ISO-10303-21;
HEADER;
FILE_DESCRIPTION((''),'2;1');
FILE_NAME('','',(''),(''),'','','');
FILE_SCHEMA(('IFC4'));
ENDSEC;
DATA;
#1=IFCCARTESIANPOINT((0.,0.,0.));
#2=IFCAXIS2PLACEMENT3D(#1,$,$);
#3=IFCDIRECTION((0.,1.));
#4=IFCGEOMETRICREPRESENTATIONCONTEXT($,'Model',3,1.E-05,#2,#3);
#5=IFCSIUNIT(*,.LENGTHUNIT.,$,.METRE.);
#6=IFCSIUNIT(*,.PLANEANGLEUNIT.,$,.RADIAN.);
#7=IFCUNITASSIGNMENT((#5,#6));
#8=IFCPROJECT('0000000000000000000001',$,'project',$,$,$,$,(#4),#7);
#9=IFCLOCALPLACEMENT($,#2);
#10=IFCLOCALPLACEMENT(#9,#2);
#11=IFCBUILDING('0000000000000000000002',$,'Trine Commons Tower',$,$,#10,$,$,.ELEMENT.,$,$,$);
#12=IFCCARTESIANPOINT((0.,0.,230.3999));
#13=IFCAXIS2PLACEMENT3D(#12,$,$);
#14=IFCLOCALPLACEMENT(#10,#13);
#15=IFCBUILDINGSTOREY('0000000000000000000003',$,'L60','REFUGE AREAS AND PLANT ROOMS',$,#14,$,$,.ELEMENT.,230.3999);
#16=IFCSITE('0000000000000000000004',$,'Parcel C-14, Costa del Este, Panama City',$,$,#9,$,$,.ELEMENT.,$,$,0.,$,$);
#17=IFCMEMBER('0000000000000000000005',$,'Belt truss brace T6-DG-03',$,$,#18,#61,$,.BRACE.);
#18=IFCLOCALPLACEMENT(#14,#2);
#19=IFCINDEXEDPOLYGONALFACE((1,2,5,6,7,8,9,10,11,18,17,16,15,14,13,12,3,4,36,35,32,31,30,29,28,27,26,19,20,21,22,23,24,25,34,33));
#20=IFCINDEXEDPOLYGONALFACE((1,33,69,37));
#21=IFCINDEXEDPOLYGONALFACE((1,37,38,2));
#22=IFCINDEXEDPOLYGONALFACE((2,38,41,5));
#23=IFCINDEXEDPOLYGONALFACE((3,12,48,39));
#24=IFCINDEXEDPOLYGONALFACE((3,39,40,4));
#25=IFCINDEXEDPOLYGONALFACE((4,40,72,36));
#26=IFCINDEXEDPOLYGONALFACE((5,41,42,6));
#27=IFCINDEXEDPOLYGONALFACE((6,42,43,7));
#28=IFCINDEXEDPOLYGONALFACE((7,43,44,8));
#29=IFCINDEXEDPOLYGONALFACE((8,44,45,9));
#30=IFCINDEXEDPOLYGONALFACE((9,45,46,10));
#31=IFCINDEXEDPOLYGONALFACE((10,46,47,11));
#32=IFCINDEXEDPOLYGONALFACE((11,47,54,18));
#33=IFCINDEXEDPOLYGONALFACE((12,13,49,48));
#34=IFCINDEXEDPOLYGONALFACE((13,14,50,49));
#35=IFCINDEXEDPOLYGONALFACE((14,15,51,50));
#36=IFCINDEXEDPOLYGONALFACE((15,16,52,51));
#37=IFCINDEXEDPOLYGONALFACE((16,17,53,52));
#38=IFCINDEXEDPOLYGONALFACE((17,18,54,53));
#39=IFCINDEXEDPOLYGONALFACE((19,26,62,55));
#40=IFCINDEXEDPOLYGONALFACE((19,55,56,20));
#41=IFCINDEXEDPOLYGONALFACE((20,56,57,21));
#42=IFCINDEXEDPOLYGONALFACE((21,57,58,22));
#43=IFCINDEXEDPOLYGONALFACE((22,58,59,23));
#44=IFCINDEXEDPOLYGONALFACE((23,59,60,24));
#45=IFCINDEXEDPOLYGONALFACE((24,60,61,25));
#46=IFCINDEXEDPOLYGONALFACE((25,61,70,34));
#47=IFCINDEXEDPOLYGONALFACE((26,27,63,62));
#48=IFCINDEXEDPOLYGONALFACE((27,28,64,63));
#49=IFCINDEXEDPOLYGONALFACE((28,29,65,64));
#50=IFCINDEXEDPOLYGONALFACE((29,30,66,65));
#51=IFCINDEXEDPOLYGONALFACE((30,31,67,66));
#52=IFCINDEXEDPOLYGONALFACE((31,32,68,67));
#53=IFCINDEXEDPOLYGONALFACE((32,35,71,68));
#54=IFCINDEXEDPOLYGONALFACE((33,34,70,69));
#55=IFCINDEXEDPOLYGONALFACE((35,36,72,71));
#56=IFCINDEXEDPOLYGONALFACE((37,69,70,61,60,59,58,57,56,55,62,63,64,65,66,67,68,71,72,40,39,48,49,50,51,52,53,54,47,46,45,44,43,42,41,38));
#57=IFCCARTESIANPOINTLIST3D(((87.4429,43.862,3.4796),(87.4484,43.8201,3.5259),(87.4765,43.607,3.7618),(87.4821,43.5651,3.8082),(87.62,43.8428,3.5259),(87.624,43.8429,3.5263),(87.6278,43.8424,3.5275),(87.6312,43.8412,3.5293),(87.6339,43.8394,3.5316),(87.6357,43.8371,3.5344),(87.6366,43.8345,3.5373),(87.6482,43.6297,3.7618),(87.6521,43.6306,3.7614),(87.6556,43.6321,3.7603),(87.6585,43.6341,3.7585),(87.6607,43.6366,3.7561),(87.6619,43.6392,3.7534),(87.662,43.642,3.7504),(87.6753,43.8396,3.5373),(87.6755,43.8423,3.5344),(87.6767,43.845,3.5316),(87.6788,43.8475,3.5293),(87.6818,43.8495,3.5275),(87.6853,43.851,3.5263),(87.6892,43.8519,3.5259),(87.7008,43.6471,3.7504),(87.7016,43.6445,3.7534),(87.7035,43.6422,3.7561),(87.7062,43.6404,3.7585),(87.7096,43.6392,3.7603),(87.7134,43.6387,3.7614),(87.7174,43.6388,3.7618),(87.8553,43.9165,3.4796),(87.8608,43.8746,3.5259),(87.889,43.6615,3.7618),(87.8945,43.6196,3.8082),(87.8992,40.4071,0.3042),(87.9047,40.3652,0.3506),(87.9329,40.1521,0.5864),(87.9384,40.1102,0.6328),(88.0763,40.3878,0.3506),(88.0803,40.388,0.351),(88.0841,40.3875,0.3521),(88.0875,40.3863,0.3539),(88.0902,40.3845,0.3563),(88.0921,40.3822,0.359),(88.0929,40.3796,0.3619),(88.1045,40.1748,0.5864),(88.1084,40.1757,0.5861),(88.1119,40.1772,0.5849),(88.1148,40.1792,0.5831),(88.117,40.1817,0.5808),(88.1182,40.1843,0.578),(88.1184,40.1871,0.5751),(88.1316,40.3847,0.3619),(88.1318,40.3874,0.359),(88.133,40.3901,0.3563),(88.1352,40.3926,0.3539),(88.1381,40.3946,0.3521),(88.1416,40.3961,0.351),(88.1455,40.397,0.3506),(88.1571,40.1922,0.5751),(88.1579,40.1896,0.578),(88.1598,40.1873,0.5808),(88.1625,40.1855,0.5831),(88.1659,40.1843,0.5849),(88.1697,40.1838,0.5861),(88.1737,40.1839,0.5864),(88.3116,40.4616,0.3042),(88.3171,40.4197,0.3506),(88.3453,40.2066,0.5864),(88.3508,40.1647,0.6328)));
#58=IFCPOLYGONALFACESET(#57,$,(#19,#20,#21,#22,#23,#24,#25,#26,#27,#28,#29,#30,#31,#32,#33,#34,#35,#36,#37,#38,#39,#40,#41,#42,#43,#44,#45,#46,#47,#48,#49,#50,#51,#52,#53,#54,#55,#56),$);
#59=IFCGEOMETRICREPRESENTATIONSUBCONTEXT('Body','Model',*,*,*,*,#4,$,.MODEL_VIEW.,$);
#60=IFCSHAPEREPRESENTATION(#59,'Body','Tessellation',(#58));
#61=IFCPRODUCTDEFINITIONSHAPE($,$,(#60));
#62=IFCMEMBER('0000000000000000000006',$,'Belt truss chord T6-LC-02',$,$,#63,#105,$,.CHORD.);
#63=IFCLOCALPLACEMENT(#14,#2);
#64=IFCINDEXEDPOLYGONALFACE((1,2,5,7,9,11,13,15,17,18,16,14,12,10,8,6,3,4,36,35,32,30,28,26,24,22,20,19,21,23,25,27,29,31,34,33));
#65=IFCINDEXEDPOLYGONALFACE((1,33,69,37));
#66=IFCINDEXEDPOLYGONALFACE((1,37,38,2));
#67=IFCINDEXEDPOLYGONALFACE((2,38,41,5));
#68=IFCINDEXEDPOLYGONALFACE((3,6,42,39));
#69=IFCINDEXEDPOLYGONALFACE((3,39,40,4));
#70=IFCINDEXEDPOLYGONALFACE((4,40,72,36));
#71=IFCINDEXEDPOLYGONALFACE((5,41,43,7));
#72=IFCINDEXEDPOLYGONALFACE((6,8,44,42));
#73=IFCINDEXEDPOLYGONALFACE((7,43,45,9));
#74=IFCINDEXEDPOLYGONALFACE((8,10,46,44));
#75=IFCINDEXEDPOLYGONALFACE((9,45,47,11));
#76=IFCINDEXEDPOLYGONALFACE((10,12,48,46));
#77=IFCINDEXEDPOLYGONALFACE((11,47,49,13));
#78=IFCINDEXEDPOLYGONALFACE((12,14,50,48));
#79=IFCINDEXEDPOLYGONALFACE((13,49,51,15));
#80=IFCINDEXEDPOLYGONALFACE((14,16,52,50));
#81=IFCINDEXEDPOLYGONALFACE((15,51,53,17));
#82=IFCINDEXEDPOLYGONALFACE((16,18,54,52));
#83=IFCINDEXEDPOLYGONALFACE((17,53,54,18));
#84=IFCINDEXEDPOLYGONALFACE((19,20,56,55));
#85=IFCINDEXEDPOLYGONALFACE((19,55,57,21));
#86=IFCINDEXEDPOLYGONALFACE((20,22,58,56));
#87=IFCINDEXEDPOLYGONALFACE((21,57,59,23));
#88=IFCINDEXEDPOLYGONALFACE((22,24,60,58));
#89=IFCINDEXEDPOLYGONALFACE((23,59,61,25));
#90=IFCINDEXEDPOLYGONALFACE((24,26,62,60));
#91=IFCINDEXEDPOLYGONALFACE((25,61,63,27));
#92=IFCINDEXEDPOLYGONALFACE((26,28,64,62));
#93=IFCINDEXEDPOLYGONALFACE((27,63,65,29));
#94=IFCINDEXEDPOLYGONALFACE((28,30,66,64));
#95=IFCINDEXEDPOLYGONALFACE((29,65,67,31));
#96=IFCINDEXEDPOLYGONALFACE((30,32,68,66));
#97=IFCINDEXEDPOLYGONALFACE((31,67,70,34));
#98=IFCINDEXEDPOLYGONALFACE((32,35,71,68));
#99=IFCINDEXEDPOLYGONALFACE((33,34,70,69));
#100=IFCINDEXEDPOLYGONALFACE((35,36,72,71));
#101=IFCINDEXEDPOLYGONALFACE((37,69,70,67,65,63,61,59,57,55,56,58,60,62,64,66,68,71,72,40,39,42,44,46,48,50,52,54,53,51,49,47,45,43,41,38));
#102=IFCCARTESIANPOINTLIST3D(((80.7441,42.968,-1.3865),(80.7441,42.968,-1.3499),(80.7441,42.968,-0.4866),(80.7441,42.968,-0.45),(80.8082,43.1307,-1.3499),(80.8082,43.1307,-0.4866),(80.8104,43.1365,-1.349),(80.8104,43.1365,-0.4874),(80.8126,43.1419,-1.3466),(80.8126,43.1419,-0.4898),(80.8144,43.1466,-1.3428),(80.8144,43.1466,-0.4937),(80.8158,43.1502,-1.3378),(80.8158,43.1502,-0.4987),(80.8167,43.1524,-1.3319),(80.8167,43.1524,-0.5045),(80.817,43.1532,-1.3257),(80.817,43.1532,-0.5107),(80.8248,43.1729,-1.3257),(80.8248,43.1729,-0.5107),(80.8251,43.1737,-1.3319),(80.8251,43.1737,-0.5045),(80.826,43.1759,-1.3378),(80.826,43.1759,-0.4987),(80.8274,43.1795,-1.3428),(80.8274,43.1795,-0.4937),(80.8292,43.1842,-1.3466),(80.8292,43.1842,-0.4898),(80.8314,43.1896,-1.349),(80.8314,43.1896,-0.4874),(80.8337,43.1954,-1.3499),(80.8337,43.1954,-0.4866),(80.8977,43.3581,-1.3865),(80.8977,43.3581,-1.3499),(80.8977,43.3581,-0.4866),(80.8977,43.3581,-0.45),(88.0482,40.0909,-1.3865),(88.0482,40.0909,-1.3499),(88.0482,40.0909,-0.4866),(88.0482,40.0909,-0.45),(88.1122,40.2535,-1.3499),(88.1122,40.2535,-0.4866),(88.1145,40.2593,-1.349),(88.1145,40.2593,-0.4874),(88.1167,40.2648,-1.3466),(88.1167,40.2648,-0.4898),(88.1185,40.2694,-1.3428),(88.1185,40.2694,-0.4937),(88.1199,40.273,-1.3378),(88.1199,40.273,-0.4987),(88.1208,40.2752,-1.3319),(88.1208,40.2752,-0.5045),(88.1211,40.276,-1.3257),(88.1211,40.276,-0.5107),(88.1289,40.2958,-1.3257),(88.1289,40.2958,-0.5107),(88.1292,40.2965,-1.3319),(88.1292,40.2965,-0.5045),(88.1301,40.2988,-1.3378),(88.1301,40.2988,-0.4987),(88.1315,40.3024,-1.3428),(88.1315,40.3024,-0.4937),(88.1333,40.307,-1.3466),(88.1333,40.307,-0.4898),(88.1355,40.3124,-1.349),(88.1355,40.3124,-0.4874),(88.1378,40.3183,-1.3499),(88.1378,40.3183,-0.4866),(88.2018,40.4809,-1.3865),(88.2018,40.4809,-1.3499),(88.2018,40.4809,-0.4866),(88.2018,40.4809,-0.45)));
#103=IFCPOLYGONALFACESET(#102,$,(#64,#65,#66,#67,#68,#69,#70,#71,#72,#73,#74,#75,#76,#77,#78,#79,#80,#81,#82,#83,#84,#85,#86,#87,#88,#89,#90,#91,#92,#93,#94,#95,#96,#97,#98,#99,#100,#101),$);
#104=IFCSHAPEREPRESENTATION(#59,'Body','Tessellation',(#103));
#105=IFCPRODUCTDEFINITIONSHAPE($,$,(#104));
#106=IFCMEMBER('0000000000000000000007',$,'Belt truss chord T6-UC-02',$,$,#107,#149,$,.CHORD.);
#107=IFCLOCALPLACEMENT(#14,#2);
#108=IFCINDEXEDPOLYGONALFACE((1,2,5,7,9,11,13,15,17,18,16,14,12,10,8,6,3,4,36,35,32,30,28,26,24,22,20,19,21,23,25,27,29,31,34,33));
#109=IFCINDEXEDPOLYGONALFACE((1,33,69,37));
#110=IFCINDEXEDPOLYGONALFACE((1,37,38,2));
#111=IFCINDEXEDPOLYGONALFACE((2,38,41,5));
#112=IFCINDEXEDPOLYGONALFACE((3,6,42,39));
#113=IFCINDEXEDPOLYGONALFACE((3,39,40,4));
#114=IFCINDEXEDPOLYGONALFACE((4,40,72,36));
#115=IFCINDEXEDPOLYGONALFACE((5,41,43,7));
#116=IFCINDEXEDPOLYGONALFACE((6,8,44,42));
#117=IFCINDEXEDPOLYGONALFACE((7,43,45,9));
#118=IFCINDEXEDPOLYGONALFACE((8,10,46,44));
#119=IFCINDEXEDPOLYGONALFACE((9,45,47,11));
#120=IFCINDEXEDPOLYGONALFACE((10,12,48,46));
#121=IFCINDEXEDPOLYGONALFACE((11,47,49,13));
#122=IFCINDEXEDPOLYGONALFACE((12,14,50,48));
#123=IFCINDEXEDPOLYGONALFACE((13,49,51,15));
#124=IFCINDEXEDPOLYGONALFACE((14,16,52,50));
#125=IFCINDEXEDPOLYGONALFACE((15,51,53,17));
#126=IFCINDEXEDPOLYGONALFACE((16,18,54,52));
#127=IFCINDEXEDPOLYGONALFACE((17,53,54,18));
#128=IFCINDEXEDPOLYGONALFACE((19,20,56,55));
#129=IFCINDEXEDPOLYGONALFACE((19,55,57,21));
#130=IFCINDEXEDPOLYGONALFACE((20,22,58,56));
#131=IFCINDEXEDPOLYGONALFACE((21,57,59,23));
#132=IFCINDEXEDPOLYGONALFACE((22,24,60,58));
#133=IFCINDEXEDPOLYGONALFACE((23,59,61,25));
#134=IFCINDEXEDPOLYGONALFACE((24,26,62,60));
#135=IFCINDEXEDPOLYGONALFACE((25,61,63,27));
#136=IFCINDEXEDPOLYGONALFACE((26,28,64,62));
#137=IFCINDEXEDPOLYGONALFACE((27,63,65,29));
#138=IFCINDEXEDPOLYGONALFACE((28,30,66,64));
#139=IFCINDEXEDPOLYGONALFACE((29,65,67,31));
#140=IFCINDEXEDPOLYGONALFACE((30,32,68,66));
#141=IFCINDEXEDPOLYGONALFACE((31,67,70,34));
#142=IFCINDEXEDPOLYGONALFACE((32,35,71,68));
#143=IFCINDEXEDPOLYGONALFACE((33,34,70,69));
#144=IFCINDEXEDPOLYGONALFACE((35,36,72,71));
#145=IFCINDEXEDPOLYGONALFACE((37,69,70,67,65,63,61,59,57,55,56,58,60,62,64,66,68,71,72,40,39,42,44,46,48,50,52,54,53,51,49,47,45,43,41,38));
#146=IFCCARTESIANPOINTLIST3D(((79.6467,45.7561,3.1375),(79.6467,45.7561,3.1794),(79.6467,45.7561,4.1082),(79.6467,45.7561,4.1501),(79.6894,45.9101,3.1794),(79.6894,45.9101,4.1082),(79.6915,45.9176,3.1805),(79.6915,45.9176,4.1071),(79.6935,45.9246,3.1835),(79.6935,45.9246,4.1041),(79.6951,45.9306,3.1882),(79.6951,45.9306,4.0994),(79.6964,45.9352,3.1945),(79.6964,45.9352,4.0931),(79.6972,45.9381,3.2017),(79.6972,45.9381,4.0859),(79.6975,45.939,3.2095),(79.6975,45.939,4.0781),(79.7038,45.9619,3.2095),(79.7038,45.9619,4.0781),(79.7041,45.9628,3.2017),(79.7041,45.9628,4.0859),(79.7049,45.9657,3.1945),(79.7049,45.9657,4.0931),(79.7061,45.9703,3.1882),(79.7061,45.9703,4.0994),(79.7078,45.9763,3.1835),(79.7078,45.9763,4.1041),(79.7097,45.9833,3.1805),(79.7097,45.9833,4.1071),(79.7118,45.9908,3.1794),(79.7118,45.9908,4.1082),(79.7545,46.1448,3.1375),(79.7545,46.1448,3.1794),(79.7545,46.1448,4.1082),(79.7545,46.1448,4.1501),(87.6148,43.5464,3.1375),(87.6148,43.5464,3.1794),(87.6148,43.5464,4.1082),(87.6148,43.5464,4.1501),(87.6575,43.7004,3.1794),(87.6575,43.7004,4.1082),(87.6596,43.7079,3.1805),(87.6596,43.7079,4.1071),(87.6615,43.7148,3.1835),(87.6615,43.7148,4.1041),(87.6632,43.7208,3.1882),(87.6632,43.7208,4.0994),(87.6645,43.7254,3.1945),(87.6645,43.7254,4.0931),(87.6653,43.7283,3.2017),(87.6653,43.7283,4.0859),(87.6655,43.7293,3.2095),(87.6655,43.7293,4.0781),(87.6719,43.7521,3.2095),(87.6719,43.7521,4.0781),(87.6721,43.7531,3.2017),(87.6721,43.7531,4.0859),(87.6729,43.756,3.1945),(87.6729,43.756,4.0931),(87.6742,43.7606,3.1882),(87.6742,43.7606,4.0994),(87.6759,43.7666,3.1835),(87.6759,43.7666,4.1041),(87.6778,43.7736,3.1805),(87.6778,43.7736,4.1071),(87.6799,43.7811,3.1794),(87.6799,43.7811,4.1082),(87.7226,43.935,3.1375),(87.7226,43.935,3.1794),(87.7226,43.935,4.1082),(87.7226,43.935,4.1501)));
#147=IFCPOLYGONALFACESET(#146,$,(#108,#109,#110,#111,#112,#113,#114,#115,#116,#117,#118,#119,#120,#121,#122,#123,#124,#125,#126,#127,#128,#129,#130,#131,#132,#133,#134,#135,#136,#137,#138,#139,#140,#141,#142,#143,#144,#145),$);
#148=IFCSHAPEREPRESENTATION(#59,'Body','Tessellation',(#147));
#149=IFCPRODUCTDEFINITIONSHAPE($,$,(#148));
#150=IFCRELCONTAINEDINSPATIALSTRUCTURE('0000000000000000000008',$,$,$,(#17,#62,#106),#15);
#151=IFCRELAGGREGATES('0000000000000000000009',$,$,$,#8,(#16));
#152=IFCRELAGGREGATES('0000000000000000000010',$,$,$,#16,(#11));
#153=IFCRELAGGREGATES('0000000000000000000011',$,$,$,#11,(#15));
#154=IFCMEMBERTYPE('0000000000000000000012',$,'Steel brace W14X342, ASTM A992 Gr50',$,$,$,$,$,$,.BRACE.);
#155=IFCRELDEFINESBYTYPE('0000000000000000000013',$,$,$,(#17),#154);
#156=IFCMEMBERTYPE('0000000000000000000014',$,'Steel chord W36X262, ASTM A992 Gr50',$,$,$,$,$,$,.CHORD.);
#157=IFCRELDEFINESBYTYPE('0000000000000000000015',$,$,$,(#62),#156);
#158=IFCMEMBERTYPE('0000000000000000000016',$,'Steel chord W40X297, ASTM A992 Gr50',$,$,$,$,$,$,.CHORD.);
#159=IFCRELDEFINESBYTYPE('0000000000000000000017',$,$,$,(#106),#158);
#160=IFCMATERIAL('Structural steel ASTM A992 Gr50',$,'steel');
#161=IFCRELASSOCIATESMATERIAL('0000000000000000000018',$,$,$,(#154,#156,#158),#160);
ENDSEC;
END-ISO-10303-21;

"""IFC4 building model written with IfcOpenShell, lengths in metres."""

from ifc_helpers import new_model, si_unit, direction, frame, origin, origin_2d, place, context, subcontext, project, spatial, i_section, extrude, material, material_profile, profile_set, type_object, element, save


model = new_model("IFC4")

# Units and contexts
model_context = context("Model", 3, precision=1e-05, world=origin(), true_north=direction((0.0, 1.0)))
body_context = subcontext(model_context, "Body", "Model", "MODEL_VIEW")
ifc_project = project(units=[si_unit("LENGTHUNIT", "METRE"), si_unit("PLANEANGLEUNIT", "RADIAN")], contexts=[model_context])

# Site, building, storey
site_placement = place(None, origin())
site = spatial("IfcSite", under=ifc_project, at=site_placement, Name="Parcel C-14, Costa del Este, Panama City", CompositionType="ELEMENT", RefElevation=0.0)
building_placement = place(site_placement, origin())
building = spatial("IfcBuilding", under=site, at=building_placement, Name="Trine Commons Tower", CompositionType="ELEMENT")
storey_placement = place(building_placement, frame((0.0, 0.0, 230.3999)))
storey = spatial("IfcBuildingStorey", under=building, at=storey_placement, Name="L60", Description="REFUGE AREAS AND PLANT ROOMS", CompositionType="ELEMENT", Elevation=230.3999)

# Members
ifc_material_1 = material(Name="Structural steel ASTM A992 Gr50", Category="steel")
ifc_material_profile_1 = material_profile(ifc_material_1, i_section(OverallWidth=0.416, OverallDepth=0.4446, WebThickness=0.0391, FlangeThickness=0.0627, FilletRadius=0.0154, at=origin_2d()), Name="W14X342")
ifc_profile_set_1 = profile_set([ifc_material_profile_1], Name="Structural steel ASTM A992 Gr50")
member_type_1 = type_object("IfcMemberType", Name="Steel brace W14X342, ASTM A992 Gr50", PredefinedType="BRACE", material=ifc_profile_set_1)
member_1_placement = place(storey_placement, frame((88.125, 40.2859, 0.4685), z_axis=(-0.096786, 0.732809, 0.673515), x_axis=(-0.991391, -0.130938, 0.0)))
element("IfcMember", 1, at=member_1_placement, inside=storey, type_object=member_type_1, Name="Belt truss brace T6-DG-03", PredefinedType="BRACE", context=body_context, shape_type="SweptSolid", body=[
    extrude(i_section(OverallWidth=0.416, OverallDepth=0.4446, WebThickness=0.0391, FlangeThickness=0.0627, FilletRadius=0.0154, at=origin_2d()), origin(), (0.0, 0.0, 1.0), 4.7146),
])
ifc_material_profile_2 = material_profile(ifc_material_1, i_section(OverallWidth=0.4192, OverallDepth=0.9365, WebThickness=0.0212, FlangeThickness=0.0366, FilletRadius=0.0242, at=origin_2d()), Name="W36X262")
ifc_profile_set_2 = profile_set([ifc_material_profile_2], Name="Structural steel ASTM A992 Gr50")
member_type_2 = type_object("IfcMemberType", Name="Steel chord W36X262, ASTM A992 Gr50", PredefinedType="CHORD", material=ifc_profile_set_2)
member_2_placement = place(storey_placement, frame((88.125, 40.2859, -0.9182), z_axis=(-0.930418, 0.366501, 0.0), x_axis=(-0.366501, -0.930418, 0.0)))
element("IfcMember", 2, at=member_2_placement, inside=storey, type_object=member_type_2, Name="Belt truss chord T6-LC-02", PredefinedType="CHORD", context=body_context, shape_type="SweptSolid", body=[
    extrude(i_section(OverallWidth=0.4192, OverallDepth=0.9365, WebThickness=0.0212, FlangeThickness=0.0366, FilletRadius=0.0242, at=origin_2d()), origin(), (0.0, 0.0, 1.0), 7.8503),
])
ifc_material_profile_3 = material_profile(ifc_material_1, i_section(OverallWidth=0.4033, OverallDepth=1.0127, WebThickness=0.0237, FlangeThickness=0.042, FilletRadius=0.03, at=origin_2d()), Name="W40X297")
ifc_profile_set_3 = profile_set([ifc_material_profile_3], Name="Structural steel ASTM A992 Gr50")
member_type_3 = type_object("IfcMemberType", Name="Steel chord W40X297, ASTM A992 Gr50", PredefinedType="CHORD", material=ifc_profile_set_3)
member_3_placement = place(storey_placement, frame((87.6687, 43.7407, 3.6438), z_axis=(-0.963631, 0.267237, 0.0), x_axis=(-0.267237, -0.963631, 0.0)))
element("IfcMember", 3, at=member_3_placement, inside=storey, type_object=member_type_3, Name="Belt truss chord T6-UC-02", PredefinedType="CHORD", context=body_context, shape_type="SweptSolid", body=[
    extrude(i_section(OverallWidth=0.4033, OverallDepth=1.0127, WebThickness=0.0237, FlangeThickness=0.042, FilletRadius=0.03, at=origin_2d()), origin(), (0.0, 0.0, 1.0), 8.2688),
])

save(model, "model.ifc")
